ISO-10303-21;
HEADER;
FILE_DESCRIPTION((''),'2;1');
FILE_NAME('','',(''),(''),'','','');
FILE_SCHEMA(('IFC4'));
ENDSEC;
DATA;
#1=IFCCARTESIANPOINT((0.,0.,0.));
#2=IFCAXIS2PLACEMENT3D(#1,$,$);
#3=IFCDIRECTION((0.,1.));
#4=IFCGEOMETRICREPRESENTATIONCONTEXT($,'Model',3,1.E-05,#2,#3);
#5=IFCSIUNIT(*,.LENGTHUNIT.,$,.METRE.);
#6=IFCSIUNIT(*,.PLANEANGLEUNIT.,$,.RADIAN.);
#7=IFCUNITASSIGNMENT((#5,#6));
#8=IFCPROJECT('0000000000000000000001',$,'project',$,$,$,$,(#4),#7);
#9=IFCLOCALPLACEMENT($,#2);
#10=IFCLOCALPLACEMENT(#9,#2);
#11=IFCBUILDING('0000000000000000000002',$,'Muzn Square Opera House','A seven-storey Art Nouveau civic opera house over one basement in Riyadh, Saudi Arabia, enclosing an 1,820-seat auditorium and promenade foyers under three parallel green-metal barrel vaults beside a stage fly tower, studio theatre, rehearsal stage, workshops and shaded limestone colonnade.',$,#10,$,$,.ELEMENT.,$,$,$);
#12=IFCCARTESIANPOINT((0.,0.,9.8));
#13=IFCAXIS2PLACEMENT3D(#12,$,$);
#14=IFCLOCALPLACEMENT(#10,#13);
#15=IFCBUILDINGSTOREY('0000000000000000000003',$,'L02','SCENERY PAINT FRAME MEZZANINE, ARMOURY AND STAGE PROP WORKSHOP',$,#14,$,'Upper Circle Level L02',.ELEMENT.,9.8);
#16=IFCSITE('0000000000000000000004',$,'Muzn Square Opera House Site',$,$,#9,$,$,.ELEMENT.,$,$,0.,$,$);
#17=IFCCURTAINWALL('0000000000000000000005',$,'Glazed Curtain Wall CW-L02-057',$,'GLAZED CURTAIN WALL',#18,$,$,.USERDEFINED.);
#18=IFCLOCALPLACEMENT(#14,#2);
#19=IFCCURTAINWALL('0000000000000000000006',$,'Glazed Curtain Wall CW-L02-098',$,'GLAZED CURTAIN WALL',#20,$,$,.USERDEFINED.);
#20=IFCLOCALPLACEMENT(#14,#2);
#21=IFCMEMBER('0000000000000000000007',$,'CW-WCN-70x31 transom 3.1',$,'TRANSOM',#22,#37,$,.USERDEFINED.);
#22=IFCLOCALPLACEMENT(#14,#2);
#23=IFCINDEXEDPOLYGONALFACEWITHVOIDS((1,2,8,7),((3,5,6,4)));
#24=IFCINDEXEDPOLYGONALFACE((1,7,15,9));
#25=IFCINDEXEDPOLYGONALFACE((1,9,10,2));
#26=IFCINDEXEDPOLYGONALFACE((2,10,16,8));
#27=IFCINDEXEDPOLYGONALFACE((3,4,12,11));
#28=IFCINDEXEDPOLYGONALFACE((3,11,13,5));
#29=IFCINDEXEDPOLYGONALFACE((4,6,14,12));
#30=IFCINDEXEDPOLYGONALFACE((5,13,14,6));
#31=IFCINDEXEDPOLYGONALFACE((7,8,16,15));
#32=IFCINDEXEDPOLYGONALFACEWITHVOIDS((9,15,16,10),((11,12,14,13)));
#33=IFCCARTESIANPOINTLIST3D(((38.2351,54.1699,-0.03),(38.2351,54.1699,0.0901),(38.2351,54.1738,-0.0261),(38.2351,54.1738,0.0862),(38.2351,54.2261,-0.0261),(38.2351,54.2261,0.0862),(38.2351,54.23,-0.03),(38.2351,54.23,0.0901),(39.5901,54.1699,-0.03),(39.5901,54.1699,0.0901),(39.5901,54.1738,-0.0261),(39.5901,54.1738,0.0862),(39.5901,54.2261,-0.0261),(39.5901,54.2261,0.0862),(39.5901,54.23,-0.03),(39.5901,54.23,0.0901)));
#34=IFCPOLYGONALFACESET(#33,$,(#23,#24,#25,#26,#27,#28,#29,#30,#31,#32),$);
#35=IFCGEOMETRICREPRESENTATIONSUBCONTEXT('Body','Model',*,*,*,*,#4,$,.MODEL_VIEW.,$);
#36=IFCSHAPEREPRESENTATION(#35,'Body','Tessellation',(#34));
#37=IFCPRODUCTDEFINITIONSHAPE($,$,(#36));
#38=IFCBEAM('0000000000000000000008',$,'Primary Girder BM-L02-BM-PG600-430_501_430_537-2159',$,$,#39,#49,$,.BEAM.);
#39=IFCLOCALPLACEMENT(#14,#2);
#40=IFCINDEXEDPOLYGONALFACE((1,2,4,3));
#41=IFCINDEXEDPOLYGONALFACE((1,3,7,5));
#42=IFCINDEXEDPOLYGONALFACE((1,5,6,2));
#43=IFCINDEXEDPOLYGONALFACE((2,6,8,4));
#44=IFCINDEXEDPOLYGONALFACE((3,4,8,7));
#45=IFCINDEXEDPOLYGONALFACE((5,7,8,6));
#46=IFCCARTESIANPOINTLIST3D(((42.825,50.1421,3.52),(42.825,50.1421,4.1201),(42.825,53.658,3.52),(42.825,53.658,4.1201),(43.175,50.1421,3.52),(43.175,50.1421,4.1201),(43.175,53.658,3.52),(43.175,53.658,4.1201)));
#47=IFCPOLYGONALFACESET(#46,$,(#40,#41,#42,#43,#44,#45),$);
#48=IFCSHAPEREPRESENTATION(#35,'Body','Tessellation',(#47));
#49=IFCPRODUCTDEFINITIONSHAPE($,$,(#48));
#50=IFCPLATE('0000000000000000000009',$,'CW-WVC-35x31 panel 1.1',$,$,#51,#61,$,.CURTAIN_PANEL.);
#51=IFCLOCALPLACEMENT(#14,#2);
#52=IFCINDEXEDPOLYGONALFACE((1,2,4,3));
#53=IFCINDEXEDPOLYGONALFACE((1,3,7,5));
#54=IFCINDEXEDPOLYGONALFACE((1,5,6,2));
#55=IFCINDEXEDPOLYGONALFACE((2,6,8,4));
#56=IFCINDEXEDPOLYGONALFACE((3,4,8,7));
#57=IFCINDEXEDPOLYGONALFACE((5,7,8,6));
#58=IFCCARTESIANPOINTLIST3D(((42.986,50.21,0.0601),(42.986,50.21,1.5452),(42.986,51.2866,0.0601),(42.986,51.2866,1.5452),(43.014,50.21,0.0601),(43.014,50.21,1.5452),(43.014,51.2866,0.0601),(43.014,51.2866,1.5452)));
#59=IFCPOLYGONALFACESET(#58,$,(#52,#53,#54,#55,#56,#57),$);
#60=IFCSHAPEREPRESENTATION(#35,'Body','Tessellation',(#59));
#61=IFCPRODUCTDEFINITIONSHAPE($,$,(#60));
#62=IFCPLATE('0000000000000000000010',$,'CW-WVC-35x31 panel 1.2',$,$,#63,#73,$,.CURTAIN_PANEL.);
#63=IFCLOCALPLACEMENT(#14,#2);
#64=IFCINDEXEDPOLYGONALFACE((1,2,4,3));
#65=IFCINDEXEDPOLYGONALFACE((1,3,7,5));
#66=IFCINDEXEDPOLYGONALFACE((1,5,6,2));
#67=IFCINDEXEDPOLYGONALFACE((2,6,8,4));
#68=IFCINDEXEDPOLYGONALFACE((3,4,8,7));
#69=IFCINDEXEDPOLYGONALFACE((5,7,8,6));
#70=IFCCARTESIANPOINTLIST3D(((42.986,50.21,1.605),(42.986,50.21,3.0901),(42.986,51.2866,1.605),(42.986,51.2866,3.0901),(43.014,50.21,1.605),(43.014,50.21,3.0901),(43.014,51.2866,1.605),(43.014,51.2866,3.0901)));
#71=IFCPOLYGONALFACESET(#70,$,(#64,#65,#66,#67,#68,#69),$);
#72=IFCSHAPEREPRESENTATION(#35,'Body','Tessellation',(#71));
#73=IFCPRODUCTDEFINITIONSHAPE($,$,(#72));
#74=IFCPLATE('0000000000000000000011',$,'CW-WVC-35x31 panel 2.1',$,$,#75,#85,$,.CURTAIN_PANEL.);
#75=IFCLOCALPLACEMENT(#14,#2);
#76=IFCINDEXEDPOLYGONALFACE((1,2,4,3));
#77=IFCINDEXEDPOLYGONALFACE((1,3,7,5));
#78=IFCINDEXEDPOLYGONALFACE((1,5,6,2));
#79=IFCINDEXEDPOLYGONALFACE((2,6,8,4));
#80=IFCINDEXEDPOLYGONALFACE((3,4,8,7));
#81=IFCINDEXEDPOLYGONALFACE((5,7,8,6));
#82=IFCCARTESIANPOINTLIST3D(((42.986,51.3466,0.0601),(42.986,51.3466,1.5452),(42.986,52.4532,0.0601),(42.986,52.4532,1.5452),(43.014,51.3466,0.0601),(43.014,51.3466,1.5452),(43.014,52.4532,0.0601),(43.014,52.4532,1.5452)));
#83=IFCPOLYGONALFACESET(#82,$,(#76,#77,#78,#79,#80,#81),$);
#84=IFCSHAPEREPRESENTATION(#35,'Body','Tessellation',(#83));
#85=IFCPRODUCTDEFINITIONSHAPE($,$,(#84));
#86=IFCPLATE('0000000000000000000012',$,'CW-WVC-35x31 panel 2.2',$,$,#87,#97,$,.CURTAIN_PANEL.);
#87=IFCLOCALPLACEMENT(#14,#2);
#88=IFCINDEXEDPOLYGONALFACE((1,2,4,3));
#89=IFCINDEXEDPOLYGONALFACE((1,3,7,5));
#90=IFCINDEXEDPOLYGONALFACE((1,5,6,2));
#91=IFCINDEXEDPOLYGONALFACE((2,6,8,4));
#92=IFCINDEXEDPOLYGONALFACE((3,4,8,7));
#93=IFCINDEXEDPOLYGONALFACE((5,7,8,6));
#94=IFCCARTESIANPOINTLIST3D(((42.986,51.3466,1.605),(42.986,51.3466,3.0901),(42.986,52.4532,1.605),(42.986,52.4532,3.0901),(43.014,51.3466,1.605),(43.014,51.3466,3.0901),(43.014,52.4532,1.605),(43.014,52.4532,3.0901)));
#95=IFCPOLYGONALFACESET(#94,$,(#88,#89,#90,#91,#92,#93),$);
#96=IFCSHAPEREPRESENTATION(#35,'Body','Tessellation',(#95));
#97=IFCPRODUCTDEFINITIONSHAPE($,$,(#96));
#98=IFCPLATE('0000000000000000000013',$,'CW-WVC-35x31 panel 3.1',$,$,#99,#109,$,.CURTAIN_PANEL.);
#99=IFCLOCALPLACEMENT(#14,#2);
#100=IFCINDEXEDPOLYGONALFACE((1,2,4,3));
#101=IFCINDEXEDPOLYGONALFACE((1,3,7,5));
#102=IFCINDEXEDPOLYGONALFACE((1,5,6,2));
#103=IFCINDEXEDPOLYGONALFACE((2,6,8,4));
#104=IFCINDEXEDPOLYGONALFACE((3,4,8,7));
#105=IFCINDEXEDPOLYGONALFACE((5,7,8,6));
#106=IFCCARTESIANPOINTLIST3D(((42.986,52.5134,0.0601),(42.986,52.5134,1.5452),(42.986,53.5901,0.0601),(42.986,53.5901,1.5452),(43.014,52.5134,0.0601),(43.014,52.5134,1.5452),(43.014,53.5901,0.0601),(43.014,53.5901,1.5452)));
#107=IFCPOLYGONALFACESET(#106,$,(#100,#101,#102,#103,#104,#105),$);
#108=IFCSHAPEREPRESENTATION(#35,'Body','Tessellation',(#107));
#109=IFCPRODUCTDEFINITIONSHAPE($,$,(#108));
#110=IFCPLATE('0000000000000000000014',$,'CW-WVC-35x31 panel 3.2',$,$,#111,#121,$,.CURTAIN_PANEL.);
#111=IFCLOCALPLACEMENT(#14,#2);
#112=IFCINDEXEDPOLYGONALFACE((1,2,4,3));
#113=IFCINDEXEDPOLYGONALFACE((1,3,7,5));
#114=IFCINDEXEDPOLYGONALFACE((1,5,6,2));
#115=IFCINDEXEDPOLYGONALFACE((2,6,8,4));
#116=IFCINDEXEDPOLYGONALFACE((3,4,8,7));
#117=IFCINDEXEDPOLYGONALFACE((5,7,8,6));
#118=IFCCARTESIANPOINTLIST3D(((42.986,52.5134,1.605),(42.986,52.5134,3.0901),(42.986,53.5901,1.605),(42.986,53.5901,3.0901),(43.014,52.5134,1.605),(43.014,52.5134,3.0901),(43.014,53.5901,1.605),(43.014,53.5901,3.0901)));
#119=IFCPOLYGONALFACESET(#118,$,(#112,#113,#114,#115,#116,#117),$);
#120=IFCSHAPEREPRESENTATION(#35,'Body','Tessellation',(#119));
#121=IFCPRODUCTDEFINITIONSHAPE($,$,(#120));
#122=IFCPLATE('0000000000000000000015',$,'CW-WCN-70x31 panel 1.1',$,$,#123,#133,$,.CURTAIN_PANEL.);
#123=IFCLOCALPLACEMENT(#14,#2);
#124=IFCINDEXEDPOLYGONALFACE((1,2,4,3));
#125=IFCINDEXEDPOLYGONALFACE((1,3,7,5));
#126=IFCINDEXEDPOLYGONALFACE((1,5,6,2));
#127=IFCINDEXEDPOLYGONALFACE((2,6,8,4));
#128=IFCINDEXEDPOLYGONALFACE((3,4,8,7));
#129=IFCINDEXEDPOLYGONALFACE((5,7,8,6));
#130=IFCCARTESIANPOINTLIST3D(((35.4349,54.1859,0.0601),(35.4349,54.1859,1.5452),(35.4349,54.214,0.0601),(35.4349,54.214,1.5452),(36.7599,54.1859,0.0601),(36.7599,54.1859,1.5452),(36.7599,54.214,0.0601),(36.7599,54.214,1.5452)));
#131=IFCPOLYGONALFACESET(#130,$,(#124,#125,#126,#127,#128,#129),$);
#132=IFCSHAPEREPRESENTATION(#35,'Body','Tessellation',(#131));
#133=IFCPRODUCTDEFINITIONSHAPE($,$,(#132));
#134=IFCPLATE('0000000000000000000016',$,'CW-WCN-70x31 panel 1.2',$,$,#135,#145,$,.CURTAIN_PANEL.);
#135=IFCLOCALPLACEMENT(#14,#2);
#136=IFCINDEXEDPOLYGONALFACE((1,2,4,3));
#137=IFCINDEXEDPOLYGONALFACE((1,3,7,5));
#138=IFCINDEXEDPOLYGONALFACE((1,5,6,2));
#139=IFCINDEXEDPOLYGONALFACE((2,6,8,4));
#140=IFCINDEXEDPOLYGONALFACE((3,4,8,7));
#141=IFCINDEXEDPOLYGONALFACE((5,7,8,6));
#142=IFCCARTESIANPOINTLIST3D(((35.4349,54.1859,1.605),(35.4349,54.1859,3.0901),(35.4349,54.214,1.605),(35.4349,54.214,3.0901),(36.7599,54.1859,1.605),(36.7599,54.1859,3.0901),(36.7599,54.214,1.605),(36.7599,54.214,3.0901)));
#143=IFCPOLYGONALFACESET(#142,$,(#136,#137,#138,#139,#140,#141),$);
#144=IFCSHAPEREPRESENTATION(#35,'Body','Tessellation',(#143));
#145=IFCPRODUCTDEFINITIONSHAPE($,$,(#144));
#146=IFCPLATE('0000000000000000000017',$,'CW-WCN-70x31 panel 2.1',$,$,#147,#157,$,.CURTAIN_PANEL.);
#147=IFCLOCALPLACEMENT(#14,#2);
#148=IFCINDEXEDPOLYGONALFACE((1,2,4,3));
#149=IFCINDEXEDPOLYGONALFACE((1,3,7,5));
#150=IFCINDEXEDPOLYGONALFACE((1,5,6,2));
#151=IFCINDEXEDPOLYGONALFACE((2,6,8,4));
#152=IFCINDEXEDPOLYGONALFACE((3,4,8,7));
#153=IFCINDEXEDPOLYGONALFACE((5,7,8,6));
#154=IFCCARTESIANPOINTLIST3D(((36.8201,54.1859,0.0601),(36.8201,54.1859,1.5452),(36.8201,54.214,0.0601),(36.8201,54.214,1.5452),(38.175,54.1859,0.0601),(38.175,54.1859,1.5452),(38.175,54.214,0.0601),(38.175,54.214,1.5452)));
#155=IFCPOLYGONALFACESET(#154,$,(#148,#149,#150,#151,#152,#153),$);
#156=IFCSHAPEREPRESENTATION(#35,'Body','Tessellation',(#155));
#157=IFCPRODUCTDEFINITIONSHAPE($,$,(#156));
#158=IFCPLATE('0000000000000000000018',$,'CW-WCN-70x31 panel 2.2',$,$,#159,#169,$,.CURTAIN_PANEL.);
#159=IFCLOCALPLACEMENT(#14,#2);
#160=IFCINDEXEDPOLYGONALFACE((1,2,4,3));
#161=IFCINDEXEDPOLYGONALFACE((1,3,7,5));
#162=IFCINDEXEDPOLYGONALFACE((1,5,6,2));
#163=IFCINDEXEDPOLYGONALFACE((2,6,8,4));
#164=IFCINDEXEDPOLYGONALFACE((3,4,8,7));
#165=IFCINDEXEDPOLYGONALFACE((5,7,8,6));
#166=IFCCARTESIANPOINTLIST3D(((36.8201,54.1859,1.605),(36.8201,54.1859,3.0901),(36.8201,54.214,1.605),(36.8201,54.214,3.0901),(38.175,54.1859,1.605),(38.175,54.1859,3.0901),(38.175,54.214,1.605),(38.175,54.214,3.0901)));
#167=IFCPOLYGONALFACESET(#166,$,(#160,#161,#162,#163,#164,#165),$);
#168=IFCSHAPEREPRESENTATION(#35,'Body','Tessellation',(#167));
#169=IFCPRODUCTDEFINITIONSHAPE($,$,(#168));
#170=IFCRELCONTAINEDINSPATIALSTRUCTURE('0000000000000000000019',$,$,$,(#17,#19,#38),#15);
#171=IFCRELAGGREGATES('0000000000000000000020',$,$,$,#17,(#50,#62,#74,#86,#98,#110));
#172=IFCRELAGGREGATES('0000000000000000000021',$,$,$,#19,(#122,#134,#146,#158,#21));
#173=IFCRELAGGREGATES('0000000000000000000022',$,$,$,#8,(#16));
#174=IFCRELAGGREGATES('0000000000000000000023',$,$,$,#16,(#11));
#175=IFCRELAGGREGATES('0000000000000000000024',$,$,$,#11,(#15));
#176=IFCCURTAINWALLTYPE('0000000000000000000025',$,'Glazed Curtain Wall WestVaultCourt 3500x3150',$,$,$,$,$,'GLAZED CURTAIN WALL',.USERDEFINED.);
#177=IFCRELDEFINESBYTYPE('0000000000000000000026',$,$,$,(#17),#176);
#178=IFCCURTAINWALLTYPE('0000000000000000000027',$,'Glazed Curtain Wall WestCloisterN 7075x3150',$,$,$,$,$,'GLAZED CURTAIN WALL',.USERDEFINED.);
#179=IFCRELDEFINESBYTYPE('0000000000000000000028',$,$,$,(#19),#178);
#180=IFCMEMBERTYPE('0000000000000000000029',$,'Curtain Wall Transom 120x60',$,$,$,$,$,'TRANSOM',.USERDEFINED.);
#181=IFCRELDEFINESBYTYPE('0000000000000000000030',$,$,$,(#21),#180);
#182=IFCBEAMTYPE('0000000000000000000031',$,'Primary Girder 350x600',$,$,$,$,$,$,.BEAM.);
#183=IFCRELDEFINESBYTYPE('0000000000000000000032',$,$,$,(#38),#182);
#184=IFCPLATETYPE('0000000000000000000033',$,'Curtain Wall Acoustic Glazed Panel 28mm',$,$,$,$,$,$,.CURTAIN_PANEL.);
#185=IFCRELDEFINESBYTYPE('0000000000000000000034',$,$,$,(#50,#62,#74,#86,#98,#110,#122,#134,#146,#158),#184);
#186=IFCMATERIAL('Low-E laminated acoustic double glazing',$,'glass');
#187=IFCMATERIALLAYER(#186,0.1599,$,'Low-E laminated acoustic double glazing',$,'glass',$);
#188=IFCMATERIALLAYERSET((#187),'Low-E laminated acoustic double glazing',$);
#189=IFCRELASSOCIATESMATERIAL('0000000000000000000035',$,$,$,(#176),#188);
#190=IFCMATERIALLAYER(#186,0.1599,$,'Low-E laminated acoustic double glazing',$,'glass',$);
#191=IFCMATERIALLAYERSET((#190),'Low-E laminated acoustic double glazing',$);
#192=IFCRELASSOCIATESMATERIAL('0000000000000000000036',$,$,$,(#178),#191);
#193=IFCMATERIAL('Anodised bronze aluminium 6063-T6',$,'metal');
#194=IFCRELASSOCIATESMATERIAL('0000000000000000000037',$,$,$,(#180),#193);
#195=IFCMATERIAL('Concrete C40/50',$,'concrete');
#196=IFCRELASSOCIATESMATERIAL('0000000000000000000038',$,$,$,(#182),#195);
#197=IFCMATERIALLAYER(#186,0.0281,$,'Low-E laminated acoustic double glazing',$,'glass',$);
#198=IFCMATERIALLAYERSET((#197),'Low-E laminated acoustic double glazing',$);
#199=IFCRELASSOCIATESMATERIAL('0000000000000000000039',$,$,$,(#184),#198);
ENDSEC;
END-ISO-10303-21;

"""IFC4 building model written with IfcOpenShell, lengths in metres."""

from ifc_helpers import new_model, si_unit, direction, frame, origin, origin_2d, place, context, subcontext, project, spatial, rectangle, hollow_rectangle, extrude, material, layer, layer_set, material_profile, profile_set, type_object, element, aggregate, save


model = new_model("IFC4")

# Units and contexts
model_context = context("Model", 3, precision=1e-05, world=origin(), true_north=direction((0.0, 1.0)))
body_context = subcontext(model_context, "Body", "Model", "MODEL_VIEW")
ifc_project = project(units=[si_unit("LENGTHUNIT", "METRE"), si_unit("PLANEANGLEUNIT", "RADIAN")], contexts=[model_context])

# Site, building, storey
site_placement = place(None, origin())
site = spatial("IfcSite", under=ifc_project, at=site_placement, Name="Muzn Square Opera House Site", CompositionType="ELEMENT", RefElevation=0.0)
building_placement = place(site_placement, origin())
building = spatial("IfcBuilding", under=site, at=building_placement, Name="Muzn Square Opera House", Description="A seven-storey Art Nouveau civic opera house over one basement in Riyadh, Saudi Arabia, enclosing an 1,820-seat auditorium and promenade foyers under three parallel green-metal barrel vaults beside a stage fly tower, studio theatre, rehearsal stage, workshops and shaded limestone colonnade.", CompositionType="ELEMENT")
storey_placement = place(building_placement, frame((0.0, 0.0, 9.8)))
storey = spatial("IfcBuildingStorey", under=building, at=storey_placement, Name="L02", Description="SCENERY PAINT FRAME MEZZANINE, ARMOURY AND STAGE PROP WORKSHOP", LongName="Upper Circle Level L02", CompositionType="ELEMENT", Elevation=9.8)

# Curtain walls
ifc_material_1 = material(Name="Low-E laminated acoustic double glazing", Category="glass")
ifc_layer_1 = layer(ifc_material_1, 0.1599, Name="Low-E laminated acoustic double glazing", Category="glass")
ifc_layer_set_1 = layer_set([ifc_layer_1], Name="Low-E laminated acoustic double glazing")
curtain_wall_type_1 = type_object("IfcCurtainWallType", Name="Glazed Curtain Wall WestVaultCourt 3500x3150", ElementType="GLAZED CURTAIN WALL", PredefinedType="USERDEFINED", material=ifc_layer_set_1)
curtain_wall_1_placement = place(storey_placement, origin())
curtain_wall_1 = element("IfcCurtainWall", 1, at=curtain_wall_1_placement, inside=storey, type_object=curtain_wall_type_1, Name="Glazed Curtain Wall CW-L02-057", ObjectType="GLAZED CURTAIN WALL", PredefinedType="USERDEFINED")
ifc_material_2 = material(Name="Anodised bronze aluminium 6063-T6", Category="metal")
ifc_layer_2 = layer(ifc_material_1, 0.1599, Name="Low-E laminated acoustic double glazing", Category="glass")
ifc_layer_set_2 = layer_set([ifc_layer_2], Name="Low-E laminated acoustic double glazing")
curtain_wall_type_2 = type_object("IfcCurtainWallType", Name="Glazed Curtain Wall WestCloisterN 7075x3150", ElementType="GLAZED CURTAIN WALL", PredefinedType="USERDEFINED", material=ifc_layer_set_2)
curtain_wall_2_placement = place(storey_placement, origin())
curtain_wall_2 = element("IfcCurtainWall", 2, at=curtain_wall_2_placement, inside=storey, type_object=curtain_wall_type_2, Name="Glazed Curtain Wall CW-L02-098", ObjectType="GLAZED CURTAIN WALL", PredefinedType="USERDEFINED")

# Member
ifc_material_profile_1 = material_profile(ifc_material_2, hollow_rectangle(XDim=0.0601, YDim=0.1201, WallThickness=0.0039, at=origin_2d()), Name="ALU 120x60x4", Category="metal")
ifc_profile_set_1 = profile_set([ifc_material_profile_1], Name="Anodised bronze aluminium 6063-T6")
member_type_1 = type_object("IfcMemberType", Name="Curtain Wall Transom 120x60", ElementType="TRANSOM", PredefinedType="USERDEFINED", material=ifc_profile_set_1)
member_1_placement = place(storey_placement, frame((38.2351, 54.2, 0.03), z_axis=(1.0, 0.0, 0.0), x_axis=(0.0, 1.0, 0.0)))
member_1 = element("IfcMember", 3, at=member_1_placement, type_object=member_type_1, Name="CW-WCN-70x31 transom 3.1", ObjectType="TRANSOM", PredefinedType="USERDEFINED", context=body_context, shape_type="SweptSolid", body=[
    extrude(hollow_rectangle(XDim=0.0601, YDim=0.1201, WallThickness=0.0039, at=origin_2d()), origin(), (0.0, 0.0, 1.0), 1.355),
])

# Beam
ifc_material_3 = material(Name="Concrete C40/50", Category="concrete")
ifc_material_profile_2 = material_profile(ifc_material_3, rectangle(XDim=0.3501, YDim=0.6001, at=origin_2d()), Name="RCB 350x600", Category="concrete")
ifc_profile_set_2 = profile_set([ifc_material_profile_2], Name="Concrete C40/50")
beam_type = type_object("IfcBeamType", Name="Primary Girder 350x600", PredefinedType="BEAM", material=ifc_profile_set_2)
beam_placement = place(storey_placement, frame((43.0, 50.1421, 3.8201), z_axis=(0.0, 1.0, 0.0), x_axis=(-1.0, 0.0, 0.0)))
element("IfcBeam", 4, at=beam_placement, inside=storey, type_object=beam_type, Name="Primary Girder BM-L02-BM-PG600-430_501_430_537-2159", PredefinedType="BEAM", context=body_context, shape_type="SweptSolid", body=[
    extrude(rectangle(XDim=0.3501, YDim=0.6001, at=origin_2d()), origin(), (0.0, 0.0, 1.0), 3.5159),
])

# Plates
ifc_layer_3 = layer(ifc_material_1, 0.0281, Name="Low-E laminated acoustic double glazing", Category="glass")
ifc_layer_set_3 = layer_set([ifc_layer_3], Name="Low-E laminated acoustic double glazing")
plate_type = type_object("IfcPlateType", Name="Curtain Wall Acoustic Glazed Panel 28mm", PredefinedType="CURTAIN_PANEL", material=ifc_layer_set_3)
plate_1_placement = place(storey_placement, frame((43.0, 50.7483, 0.0601), z_axis=(0.0, 0.0, 1.0), x_axis=(0.0, 1.0, 0.0)))
plate_1 = element("IfcPlate", 5, at=plate_1_placement, type_object=plate_type, Name="CW-WVC-35x31 panel 1.1", PredefinedType="CURTAIN_PANEL", context=body_context, shape_type="SweptSolid", body=[
    extrude(rectangle(XDim=1.0767, YDim=0.0281, at=origin_2d()), origin(), (0.0, 0.0, 1.0), 1.4851),
])
plate_2_placement = place(storey_placement, frame((43.0, 50.7483, 1.605), z_axis=(0.0, 0.0, 1.0), x_axis=(0.0, 1.0, 0.0)))
plate_2 = element("IfcPlate", 6, at=plate_2_placement, type_object=plate_type, Name="CW-WVC-35x31 panel 1.2", PredefinedType="CURTAIN_PANEL", context=body_context, shape_type="SweptSolid", body=[
    extrude(rectangle(XDim=1.0767, YDim=0.0281, at=origin_2d()), origin(), (0.0, 0.0, 1.0), 1.4851),
])
plate_3_placement = place(storey_placement, frame((43.0, 51.8999, 0.0601), z_axis=(0.0, 0.0, 1.0), x_axis=(0.0, 1.0, 0.0)))
plate_3 = element("IfcPlate", 7, at=plate_3_placement, type_object=plate_type, Name="CW-WVC-35x31 panel 2.1", PredefinedType="CURTAIN_PANEL", context=body_context, shape_type="SweptSolid", body=[
    extrude(rectangle(XDim=1.1067, YDim=0.0281, at=origin_2d()), origin(), (0.0, 0.0, 1.0), 1.4851),
])
plate_4_placement = place(storey_placement, frame((43.0, 51.8999, 1.605), z_axis=(0.0, 0.0, 1.0), x_axis=(0.0, 1.0, 0.0)))
plate_4 = element("IfcPlate", 8, at=plate_4_placement, type_object=plate_type, Name="CW-WVC-35x31 panel 2.2", PredefinedType="CURTAIN_PANEL", context=body_context, shape_type="SweptSolid", body=[
    extrude(rectangle(XDim=1.1067, YDim=0.0281, at=origin_2d()), origin(), (0.0, 0.0, 1.0), 1.4851),
])
plate_5_placement = place(storey_placement, frame((43.0, 53.0518, 0.0601), z_axis=(0.0, 0.0, 1.0), x_axis=(0.0, 1.0, 0.0)))
plate_5 = element("IfcPlate", 9, at=plate_5_placement, type_object=plate_type, Name="CW-WVC-35x31 panel 3.1", PredefinedType="CURTAIN_PANEL", context=body_context, shape_type="SweptSolid", body=[
    extrude(rectangle(XDim=1.0767, YDim=0.0281, at=origin_2d()), origin(), (0.0, 0.0, 1.0), 1.4851),
])
plate_6_placement = place(storey_placement, frame((43.0, 53.0518, 1.605), z_axis=(0.0, 0.0, 1.0), x_axis=(0.0, 1.0, 0.0)))
plate_6 = element("IfcPlate", 10, at=plate_6_placement, type_object=plate_type, Name="CW-WVC-35x31 panel 3.2", PredefinedType="CURTAIN_PANEL", context=body_context, shape_type="SweptSolid", body=[
    extrude(rectangle(XDim=1.0767, YDim=0.0281, at=origin_2d()), origin(), (0.0, 0.0, 1.0), 1.4851),
])
aggregate(curtain_wall_1, [plate_1, plate_2, plate_3, plate_4, plate_5, plate_6])
plate_7_placement = place(storey_placement, frame((36.0974, 54.2, 0.0601), z_axis=(0.0, 0.0, 1.0), x_axis=(1.0, 0.0, 0.0)))
plate_7 = element("IfcPlate", 11, at=plate_7_placement, type_object=plate_type, Name="CW-WCN-70x31 panel 1.1", PredefinedType="CURTAIN_PANEL", context=body_context, shape_type="SweptSolid", body=[
    extrude(rectangle(XDim=1.325, YDim=0.0281, at=origin_2d()), origin(), (0.0, 0.0, 1.0), 1.4851),
])
plate_8_placement = place(storey_placement, frame((36.0974, 54.2, 1.605), z_axis=(0.0, 0.0, 1.0), x_axis=(1.0, 0.0, 0.0)))
plate_8 = element("IfcPlate", 12, at=plate_8_placement, type_object=plate_type, Name="CW-WCN-70x31 panel 1.2", PredefinedType="CURTAIN_PANEL", context=body_context, shape_type="SweptSolid", body=[
    extrude(rectangle(XDim=1.325, YDim=0.0281, at=origin_2d()), origin(), (0.0, 0.0, 1.0), 1.4851),
])
plate_9_placement = place(storey_placement, frame((37.4976, 54.2, 0.0601), z_axis=(0.0, 0.0, 1.0), x_axis=(1.0, 0.0, 0.0)))
plate_9 = element("IfcPlate", 13, at=plate_9_placement, type_object=plate_type, Name="CW-WCN-70x31 panel 2.1", PredefinedType="CURTAIN_PANEL", context=body_context, shape_type="SweptSolid", body=[
    extrude(rectangle(XDim=1.355, YDim=0.0281, at=origin_2d()), origin(), (0.0, 0.0, 1.0), 1.4851),
])
plate_10_placement = place(storey_placement, frame((37.4976, 54.2, 1.605), z_axis=(0.0, 0.0, 1.0), x_axis=(1.0, 0.0, 0.0)))
plate_10 = element("IfcPlate", 14, at=plate_10_placement, type_object=plate_type, Name="CW-WCN-70x31 panel 2.2", PredefinedType="CURTAIN_PANEL", context=body_context, shape_type="SweptSolid", body=[
    extrude(rectangle(XDim=1.355, YDim=0.0281, at=origin_2d()), origin(), (0.0, 0.0, 1.0), 1.4851),
])
aggregate(curtain_wall_2, [plate_7, plate_8, plate_9, plate_10, member_1])

save(model, "model.ifc")
